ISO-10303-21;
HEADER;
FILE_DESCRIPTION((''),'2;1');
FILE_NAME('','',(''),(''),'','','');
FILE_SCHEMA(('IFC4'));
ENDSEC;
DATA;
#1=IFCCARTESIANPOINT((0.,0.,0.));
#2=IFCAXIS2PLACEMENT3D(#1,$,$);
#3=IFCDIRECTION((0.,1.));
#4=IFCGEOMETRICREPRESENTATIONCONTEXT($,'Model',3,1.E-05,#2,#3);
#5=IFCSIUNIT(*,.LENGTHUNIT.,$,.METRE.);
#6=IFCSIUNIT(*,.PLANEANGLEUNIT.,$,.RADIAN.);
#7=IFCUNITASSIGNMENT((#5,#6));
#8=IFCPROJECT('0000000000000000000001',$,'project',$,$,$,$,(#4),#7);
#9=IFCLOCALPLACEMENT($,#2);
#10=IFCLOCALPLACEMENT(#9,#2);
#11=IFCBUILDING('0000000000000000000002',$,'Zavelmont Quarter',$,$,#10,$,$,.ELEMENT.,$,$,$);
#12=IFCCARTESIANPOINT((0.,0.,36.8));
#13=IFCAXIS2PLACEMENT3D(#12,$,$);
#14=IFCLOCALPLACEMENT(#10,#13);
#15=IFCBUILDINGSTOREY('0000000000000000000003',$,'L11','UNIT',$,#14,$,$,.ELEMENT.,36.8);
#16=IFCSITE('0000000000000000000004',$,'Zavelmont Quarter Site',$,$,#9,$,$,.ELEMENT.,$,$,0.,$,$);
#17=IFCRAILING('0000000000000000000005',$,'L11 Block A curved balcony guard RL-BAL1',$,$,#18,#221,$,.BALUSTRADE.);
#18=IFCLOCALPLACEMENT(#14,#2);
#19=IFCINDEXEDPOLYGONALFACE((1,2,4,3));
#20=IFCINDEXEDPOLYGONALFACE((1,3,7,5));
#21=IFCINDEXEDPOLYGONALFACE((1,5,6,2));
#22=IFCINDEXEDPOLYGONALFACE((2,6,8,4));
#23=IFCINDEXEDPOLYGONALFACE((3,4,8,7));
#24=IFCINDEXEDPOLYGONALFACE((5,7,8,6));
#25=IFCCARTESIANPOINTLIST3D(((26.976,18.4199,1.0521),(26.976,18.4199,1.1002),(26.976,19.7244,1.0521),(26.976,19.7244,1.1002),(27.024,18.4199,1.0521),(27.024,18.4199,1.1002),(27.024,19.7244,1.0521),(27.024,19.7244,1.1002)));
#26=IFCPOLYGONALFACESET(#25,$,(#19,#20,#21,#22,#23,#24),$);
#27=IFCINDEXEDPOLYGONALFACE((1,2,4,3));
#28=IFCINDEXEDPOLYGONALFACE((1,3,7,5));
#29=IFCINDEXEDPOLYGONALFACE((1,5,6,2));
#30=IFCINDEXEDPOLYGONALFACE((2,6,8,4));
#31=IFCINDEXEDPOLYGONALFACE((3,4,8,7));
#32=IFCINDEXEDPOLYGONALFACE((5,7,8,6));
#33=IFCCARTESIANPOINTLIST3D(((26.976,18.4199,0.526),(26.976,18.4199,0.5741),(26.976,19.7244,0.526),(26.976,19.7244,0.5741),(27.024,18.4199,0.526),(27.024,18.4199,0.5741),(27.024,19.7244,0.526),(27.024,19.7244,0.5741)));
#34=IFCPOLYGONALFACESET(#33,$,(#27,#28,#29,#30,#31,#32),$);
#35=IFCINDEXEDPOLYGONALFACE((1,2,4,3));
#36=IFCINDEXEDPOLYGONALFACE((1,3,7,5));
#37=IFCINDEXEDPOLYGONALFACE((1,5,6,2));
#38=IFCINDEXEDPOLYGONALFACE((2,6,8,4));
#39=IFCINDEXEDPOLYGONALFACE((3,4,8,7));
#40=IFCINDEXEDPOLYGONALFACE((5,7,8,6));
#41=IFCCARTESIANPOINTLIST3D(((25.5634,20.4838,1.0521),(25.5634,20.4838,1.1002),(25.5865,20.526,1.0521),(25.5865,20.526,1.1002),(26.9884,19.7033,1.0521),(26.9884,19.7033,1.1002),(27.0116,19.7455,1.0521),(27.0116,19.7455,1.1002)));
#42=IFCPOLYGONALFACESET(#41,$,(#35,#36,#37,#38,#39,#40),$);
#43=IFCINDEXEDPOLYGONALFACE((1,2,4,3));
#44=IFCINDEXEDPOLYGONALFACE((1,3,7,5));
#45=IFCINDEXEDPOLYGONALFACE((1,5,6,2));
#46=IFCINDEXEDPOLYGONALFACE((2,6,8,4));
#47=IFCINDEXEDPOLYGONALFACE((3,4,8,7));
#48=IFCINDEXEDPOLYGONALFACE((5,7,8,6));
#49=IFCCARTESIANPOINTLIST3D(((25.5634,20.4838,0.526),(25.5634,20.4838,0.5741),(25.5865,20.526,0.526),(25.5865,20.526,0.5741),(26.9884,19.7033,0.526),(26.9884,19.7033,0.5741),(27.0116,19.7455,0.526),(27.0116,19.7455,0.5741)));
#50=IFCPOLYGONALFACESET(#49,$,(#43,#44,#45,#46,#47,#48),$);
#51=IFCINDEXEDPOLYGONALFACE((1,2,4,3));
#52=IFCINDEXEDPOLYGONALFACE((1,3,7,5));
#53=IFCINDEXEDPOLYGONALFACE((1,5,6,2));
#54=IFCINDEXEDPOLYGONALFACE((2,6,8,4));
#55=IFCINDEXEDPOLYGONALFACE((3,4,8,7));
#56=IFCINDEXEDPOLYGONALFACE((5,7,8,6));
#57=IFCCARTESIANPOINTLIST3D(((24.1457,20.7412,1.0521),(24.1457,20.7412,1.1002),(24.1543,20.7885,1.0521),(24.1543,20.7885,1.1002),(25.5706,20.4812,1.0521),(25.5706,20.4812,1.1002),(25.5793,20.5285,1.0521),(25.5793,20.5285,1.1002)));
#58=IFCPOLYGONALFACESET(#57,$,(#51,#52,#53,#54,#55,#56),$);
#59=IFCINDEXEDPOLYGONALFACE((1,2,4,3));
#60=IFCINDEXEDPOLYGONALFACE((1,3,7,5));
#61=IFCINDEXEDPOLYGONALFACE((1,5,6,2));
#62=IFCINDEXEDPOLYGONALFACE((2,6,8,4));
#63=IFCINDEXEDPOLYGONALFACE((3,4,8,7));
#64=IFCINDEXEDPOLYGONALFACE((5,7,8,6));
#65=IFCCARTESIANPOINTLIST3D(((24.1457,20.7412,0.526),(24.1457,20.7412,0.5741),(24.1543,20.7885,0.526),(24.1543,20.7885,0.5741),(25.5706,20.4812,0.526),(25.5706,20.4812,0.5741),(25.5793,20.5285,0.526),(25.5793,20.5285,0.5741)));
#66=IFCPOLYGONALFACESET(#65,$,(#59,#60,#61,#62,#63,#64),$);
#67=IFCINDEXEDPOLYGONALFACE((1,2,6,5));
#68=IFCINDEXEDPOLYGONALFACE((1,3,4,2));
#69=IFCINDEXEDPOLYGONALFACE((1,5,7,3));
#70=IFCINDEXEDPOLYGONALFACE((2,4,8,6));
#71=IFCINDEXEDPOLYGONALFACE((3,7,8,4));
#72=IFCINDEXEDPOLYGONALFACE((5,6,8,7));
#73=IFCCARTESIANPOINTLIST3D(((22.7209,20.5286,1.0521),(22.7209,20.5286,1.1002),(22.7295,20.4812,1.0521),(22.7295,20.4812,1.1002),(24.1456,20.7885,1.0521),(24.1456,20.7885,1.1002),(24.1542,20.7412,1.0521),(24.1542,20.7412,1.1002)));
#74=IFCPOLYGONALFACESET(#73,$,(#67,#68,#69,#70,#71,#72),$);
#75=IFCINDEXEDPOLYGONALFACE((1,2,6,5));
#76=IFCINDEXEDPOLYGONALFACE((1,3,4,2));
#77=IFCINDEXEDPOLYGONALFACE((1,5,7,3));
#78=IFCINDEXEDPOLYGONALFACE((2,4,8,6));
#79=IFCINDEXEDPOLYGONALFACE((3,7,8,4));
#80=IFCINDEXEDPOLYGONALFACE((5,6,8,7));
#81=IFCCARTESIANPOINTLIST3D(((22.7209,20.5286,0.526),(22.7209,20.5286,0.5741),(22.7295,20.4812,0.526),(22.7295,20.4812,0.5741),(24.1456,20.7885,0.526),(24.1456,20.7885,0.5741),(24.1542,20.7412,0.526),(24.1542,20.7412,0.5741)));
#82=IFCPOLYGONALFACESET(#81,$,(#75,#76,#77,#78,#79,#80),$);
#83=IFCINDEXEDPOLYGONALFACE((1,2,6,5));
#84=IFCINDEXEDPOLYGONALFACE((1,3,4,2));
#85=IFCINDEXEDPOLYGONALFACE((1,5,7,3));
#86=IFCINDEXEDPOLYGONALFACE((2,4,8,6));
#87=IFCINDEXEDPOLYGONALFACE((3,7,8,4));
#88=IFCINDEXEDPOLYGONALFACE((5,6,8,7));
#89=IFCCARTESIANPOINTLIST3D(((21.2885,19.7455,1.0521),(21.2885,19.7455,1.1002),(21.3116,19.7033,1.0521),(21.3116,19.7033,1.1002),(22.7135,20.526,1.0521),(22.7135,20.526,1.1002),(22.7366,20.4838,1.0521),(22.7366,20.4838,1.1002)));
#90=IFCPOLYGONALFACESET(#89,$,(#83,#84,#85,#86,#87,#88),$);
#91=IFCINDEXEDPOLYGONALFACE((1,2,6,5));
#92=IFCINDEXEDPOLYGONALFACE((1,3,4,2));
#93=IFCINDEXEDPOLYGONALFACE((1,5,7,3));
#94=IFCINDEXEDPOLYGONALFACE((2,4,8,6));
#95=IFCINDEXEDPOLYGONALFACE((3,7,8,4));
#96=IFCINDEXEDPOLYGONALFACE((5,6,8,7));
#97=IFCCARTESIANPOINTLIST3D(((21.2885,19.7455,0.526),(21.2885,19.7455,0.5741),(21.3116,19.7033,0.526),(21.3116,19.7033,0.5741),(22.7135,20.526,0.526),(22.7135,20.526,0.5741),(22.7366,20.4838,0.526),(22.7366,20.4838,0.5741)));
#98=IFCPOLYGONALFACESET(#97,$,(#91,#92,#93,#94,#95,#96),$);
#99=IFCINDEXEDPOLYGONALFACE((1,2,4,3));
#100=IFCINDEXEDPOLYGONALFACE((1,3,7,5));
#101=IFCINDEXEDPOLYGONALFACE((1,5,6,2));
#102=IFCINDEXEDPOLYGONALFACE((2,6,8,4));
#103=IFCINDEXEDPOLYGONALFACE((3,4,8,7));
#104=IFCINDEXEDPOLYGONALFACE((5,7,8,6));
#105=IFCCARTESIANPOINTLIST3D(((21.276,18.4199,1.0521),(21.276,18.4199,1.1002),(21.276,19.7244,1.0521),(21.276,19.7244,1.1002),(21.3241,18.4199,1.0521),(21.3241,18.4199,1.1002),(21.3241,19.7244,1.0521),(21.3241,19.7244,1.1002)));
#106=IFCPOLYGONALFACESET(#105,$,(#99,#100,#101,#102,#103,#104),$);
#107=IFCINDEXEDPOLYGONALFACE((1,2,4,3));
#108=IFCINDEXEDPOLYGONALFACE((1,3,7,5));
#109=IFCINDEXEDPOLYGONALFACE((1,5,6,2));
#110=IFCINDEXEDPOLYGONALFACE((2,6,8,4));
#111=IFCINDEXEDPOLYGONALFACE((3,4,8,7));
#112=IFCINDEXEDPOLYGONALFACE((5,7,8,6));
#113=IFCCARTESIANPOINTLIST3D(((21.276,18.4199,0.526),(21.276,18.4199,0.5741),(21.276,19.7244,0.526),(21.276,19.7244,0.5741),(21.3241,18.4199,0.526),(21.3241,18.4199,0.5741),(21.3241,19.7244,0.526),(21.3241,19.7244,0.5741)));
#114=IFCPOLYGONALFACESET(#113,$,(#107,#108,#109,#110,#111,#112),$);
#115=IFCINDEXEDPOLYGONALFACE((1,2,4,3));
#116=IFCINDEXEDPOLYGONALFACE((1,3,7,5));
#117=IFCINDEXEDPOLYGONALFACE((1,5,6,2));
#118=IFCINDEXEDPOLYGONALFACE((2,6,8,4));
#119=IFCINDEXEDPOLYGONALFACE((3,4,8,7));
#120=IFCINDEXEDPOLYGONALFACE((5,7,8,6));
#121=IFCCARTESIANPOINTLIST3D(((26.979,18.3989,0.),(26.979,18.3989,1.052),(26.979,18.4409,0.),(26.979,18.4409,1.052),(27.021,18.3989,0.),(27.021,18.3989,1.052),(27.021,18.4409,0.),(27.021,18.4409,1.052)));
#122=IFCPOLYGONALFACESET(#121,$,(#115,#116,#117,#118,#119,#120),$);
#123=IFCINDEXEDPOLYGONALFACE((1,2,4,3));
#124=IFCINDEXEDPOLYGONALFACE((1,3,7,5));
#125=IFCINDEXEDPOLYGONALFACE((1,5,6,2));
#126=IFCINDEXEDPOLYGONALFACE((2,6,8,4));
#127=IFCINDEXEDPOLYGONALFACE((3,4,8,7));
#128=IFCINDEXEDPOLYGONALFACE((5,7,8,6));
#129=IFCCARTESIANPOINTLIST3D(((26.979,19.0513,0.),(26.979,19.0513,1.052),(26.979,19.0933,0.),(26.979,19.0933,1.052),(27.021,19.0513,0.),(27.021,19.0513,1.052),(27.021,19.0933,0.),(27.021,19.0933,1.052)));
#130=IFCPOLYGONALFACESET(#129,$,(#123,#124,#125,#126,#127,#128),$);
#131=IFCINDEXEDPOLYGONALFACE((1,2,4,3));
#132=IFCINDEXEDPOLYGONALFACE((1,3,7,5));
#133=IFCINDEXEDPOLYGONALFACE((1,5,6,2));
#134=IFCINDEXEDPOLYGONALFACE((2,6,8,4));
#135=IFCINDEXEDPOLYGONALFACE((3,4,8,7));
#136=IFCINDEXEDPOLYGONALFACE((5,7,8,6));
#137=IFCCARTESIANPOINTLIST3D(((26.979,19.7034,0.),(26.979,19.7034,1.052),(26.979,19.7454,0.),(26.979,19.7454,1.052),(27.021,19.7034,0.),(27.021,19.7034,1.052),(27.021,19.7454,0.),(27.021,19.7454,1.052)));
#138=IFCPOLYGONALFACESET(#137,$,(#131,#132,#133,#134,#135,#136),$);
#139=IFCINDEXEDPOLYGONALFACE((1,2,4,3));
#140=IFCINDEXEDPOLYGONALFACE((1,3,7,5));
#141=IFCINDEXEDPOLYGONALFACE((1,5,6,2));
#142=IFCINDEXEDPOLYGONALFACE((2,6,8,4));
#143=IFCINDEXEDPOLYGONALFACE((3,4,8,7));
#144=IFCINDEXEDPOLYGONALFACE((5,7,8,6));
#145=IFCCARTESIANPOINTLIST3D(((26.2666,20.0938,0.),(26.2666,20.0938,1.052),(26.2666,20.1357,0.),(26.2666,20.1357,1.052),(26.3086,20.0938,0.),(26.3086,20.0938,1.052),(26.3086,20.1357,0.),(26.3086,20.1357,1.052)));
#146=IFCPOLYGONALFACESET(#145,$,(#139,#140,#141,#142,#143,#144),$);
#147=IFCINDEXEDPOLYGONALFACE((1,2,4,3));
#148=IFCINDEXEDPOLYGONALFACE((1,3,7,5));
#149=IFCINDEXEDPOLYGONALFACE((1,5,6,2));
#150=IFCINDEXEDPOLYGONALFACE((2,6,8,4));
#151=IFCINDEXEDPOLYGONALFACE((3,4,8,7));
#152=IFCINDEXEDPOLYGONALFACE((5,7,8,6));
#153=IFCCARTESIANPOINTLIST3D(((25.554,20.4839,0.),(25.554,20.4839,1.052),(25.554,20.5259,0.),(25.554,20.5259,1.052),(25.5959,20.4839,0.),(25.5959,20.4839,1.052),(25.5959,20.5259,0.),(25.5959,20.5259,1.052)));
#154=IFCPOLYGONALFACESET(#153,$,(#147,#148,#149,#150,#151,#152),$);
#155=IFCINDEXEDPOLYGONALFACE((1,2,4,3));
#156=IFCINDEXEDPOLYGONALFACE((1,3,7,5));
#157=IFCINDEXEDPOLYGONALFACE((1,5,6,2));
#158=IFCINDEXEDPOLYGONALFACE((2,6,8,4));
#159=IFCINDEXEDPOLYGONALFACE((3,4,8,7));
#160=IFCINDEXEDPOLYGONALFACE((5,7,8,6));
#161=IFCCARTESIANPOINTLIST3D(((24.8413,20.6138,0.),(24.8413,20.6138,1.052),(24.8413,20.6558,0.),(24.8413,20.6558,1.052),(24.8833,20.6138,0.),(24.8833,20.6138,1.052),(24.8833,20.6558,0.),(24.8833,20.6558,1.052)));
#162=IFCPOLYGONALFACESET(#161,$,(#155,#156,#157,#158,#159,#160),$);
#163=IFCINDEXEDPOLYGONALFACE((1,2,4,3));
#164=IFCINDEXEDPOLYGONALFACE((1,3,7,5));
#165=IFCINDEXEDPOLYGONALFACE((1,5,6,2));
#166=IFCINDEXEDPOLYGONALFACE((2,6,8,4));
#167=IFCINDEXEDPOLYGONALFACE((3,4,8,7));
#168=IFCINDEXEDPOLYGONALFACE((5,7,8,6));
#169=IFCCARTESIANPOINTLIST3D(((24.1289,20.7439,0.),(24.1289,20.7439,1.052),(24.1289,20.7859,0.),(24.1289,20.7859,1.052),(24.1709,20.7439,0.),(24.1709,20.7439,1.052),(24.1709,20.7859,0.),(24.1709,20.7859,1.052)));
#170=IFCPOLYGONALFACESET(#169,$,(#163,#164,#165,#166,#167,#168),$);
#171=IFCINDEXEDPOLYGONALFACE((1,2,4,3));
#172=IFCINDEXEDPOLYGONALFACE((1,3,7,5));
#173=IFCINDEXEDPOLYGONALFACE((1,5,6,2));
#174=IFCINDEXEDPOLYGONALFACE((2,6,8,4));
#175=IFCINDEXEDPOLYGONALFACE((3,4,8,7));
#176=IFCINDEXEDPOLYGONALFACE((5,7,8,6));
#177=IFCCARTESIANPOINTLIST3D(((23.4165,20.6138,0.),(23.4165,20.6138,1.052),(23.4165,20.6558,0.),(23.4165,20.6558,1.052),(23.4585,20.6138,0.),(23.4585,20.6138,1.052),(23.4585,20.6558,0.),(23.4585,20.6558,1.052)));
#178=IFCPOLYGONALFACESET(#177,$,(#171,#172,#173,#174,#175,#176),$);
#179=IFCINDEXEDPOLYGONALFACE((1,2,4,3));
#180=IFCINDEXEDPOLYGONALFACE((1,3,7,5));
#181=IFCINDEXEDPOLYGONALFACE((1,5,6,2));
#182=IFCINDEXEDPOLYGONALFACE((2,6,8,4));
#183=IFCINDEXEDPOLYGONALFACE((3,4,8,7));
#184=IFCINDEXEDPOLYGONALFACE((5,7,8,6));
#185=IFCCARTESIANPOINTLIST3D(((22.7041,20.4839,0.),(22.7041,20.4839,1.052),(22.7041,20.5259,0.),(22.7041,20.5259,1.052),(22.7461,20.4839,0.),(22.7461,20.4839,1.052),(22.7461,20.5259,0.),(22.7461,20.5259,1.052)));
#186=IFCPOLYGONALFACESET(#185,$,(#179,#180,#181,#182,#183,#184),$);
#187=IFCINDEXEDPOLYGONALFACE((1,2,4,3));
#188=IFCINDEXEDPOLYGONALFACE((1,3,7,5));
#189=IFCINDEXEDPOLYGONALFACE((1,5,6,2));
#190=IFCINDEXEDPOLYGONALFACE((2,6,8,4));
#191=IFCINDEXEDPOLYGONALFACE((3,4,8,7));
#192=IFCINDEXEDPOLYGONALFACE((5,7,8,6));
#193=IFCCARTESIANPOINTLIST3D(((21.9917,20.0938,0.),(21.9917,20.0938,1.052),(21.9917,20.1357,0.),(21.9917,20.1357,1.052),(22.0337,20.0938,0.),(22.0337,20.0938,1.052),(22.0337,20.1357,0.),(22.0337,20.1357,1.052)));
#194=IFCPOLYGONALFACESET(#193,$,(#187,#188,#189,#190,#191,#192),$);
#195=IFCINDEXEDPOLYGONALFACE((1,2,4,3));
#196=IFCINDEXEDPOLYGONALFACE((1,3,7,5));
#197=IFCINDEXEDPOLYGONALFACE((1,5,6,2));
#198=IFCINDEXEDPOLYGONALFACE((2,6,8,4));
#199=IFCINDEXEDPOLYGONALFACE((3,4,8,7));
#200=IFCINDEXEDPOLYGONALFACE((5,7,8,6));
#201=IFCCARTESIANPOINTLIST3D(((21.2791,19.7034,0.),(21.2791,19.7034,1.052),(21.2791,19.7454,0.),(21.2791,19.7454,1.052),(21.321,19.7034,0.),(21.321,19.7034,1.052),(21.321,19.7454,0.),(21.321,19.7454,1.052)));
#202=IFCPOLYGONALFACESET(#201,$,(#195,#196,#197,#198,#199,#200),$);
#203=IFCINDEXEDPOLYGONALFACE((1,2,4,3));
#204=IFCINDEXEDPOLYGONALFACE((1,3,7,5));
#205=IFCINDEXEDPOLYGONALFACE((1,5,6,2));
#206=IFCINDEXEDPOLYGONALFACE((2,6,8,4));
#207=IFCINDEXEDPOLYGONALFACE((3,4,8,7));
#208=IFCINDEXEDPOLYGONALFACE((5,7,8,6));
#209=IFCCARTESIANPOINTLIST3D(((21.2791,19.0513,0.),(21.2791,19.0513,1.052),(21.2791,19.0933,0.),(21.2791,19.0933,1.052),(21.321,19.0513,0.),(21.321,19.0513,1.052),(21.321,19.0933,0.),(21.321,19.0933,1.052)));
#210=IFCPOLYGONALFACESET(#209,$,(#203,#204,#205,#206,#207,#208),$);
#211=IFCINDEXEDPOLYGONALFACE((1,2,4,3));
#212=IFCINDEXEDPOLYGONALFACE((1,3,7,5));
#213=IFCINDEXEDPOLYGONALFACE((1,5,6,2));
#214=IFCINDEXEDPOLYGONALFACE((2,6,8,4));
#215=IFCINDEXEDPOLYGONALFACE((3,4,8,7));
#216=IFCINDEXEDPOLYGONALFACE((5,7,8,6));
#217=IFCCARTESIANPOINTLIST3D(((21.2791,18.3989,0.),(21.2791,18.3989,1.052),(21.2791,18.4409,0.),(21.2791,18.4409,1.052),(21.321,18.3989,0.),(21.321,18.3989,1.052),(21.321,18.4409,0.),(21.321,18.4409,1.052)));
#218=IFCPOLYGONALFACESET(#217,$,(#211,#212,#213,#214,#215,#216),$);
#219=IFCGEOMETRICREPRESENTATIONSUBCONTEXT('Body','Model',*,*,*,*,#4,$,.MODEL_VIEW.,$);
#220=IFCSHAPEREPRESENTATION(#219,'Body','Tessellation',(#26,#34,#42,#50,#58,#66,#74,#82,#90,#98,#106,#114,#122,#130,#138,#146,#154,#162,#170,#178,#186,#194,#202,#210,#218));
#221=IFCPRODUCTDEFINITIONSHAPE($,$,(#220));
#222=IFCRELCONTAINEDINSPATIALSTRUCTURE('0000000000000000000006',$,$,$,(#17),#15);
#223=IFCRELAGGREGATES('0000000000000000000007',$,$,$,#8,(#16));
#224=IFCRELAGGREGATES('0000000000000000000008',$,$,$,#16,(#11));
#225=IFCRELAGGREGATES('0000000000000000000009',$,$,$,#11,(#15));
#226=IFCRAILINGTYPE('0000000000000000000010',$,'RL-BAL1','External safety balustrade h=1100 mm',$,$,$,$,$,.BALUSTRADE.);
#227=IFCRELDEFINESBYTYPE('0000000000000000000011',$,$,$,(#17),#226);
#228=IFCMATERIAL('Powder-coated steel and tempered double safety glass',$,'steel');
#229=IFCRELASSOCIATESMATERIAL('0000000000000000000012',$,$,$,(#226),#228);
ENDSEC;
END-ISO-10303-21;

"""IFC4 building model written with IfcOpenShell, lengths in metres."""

from ifc_helpers import new_model, si_unit, direction, frame, origin, origin_2d, place, context, subcontext, project, spatial, rectangle, extrude, material, type_object, element, save


model = new_model("IFC4")

# Units and contexts
model_context = context("Model", 3, precision=1e-05, world=origin(), true_north=direction((0.0, 1.0)))
body_context = subcontext(model_context, "Body", "Model", "MODEL_VIEW")
ifc_project = project(units=[si_unit("LENGTHUNIT", "METRE"), si_unit("PLANEANGLEUNIT", "RADIAN")], contexts=[model_context])

# Site, building, storey
site_placement = place(None, origin())
site = spatial("IfcSite", under=ifc_project, at=site_placement, Name="Zavelmont Quarter Site", CompositionType="ELEMENT", RefElevation=0.0)
building_placement = place(site_placement, origin())
building = spatial("IfcBuilding", under=site, at=building_placement, Name="Zavelmont Quarter", CompositionType="ELEMENT")
storey_placement = place(building_placement, frame((0.0, 0.0, 36.8)))
storey = spatial("IfcBuildingStorey", under=building, at=storey_placement, Name="L11", Description="UNIT", CompositionType="ELEMENT", Elevation=36.8)

# Railing
ifc_material_1 = material(Name="Powder-coated steel and tempered double safety glass", Category="steel")
railing_type_1 = type_object("IfcRailingType", Name="RL-BAL1", Description="External safety balustrade h=1100 mm", PredefinedType="BALUSTRADE", material=ifc_material_1)
railing_1_placement = place(storey_placement, frame((27.0, 18.4199, 0.0)))
element("IfcRailing", 1, at=railing_1_placement, inside=storey, type_object=railing_type_1, Name="L11 Block A curved balcony guard RL-BAL1", PredefinedType="BALUSTRADE", context=body_context, shape_type="SweptSolid", body=[
    extrude(rectangle(XDim=0.0481, YDim=0.0481, at=origin_2d()), frame((0.0, 0.0, 1.0762), z_axis=(0.0, 1.0, 0.0), x_axis=(-1.0, 0.0, 0.0)), (0.0, 0.0, 1.0), 1.3044),
    extrude(rectangle(XDim=0.0481, YDim=0.0481, at=origin_2d()), frame((0.0, 0.0, 0.55), z_axis=(0.0, 1.0, 0.0), x_axis=(-1.0, 0.0, 0.0)), (0.0, 0.0, 1.0), 1.3044),
    extrude(rectangle(XDim=0.0481, YDim=0.0481, at=origin_2d()), frame((0.0, 1.3044, 1.0762), z_axis=(-0.877062, 0.480378, 0.0), x_axis=(-0.480378, -0.877062, 0.0)), (0.0, 0.0, 1.0), 1.6248),
    extrude(rectangle(XDim=0.0481, YDim=0.0481, at=origin_2d()), frame((0.0, 1.3044, 0.55), z_axis=(-0.877062, 0.480378, 0.0), x_axis=(-0.480378, -0.877062, 0.0)), (0.0, 0.0, 1.0), 1.6248),
    extrude(rectangle(XDim=0.0481, YDim=0.0481, at=origin_2d()), frame((-1.425, 2.085, 1.0762), z_axis=(-0.983759, 0.179493, 0.0), x_axis=(-0.179493, -0.983759, 0.0)), (0.0, 0.0, 1.0), 1.4485),
    extrude(rectangle(XDim=0.0481, YDim=0.0481, at=origin_2d()), frame((-1.425, 2.085, 0.55), z_axis=(-0.983759, 0.179493, 0.0), x_axis=(-0.179493, -0.983759, 0.0)), (0.0, 0.0, 1.0), 1.4485),
    extrude(rectangle(XDim=0.0481, YDim=0.0481, at=origin_2d()), frame((-2.8501, 2.345, 1.0762), z_axis=(-0.983754, -0.179523, 0.0), x_axis=(0.179523, -0.983754, 0.0)), (0.0, 0.0, 1.0), 1.4482),
    extrude(rectangle(XDim=0.0481, YDim=0.0481, at=origin_2d()), frame((-2.8501, 2.345, 0.55), z_axis=(-0.983754, -0.179523, 0.0), x_axis=(0.179523, -0.983754, 0.0)), (0.0, 0.0, 1.0), 1.4482),
    extrude(rectangle(XDim=0.0481, YDim=0.0481, at=origin_2d()), frame((-4.2749, 2.085, 1.0762), z_axis=(-0.877062, -0.480378, 0.0), x_axis=(0.480378, -0.877062, 0.0)), (0.0, 0.0, 1.0), 1.6248),
    extrude(rectangle(XDim=0.0481, YDim=0.0481, at=origin_2d()), frame((-4.2749, 2.085, 0.55), z_axis=(-0.877062, -0.480378, 0.0), x_axis=(0.480378, -0.877062, 0.0)), (0.0, 0.0, 1.0), 1.6248),
    extrude(rectangle(XDim=0.0481, YDim=0.0481, at=origin_2d()), frame((-5.7, 1.3044, 1.0762), z_axis=(0.0, -1.0, 0.0), x_axis=(1.0, 0.0, 0.0)), (0.0, 0.0, 1.0), 1.3044),
    extrude(rectangle(XDim=0.0481, YDim=0.0481, at=origin_2d()), frame((-5.7, 1.3044, 0.55), z_axis=(0.0, -1.0, 0.0), x_axis=(1.0, 0.0, 0.0)), (0.0, 0.0, 1.0), 1.3044),
    extrude(rectangle(XDim=0.042, YDim=0.042, at=origin_2d()), origin(), (0.0, 0.0, 1.0), 1.052),
    extrude(rectangle(XDim=0.042, YDim=0.042, at=origin_2d()), frame((0.0, 0.6523, 0.0)), (0.0, 0.0, 1.0), 1.052),
    extrude(rectangle(XDim=0.042, YDim=0.042, at=origin_2d()), frame((0.0, 1.3044, 0.0)), (0.0, 0.0, 1.0), 1.052),
    extrude(rectangle(XDim=0.042, YDim=0.042, at=origin_2d()), frame((-0.7124, 1.6948, 0.0)), (0.0, 0.0, 1.0), 1.052),
    extrude(rectangle(XDim=0.042, YDim=0.042, at=origin_2d()), frame((-1.425, 2.085, 0.0)), (0.0, 0.0, 1.0), 1.052),
    extrude(rectangle(XDim=0.042, YDim=0.042, at=origin_2d()), frame((-2.1377, 2.2148, 0.0)), (0.0, 0.0, 1.0), 1.052),
    extrude(rectangle(XDim=0.042, YDim=0.042, at=origin_2d()), frame((-2.8501, 2.345, 0.0)), (0.0, 0.0, 1.0), 1.052),
    extrude(rectangle(XDim=0.042, YDim=0.042, at=origin_2d()), frame((-3.5625, 2.2148, 0.0)), (0.0, 0.0, 1.0), 1.052),
    extrude(rectangle(XDim=0.042, YDim=0.042, at=origin_2d()), frame((-4.2749, 2.085, 0.0)), (0.0, 0.0, 1.0), 1.052),
    extrude(rectangle(XDim=0.042, YDim=0.042, at=origin_2d()), frame((-4.9873, 1.6948, 0.0)), (0.0, 0.0, 1.0), 1.052),
    extrude(rectangle(XDim=0.042, YDim=0.042, at=origin_2d()), frame((-5.7, 1.3044, 0.0)), (0.0, 0.0, 1.0), 1.052),
    extrude(rectangle(XDim=0.042, YDim=0.042, at=origin_2d()), frame((-5.7, 0.6523, 0.0)), (0.0, 0.0, 1.0), 1.052),
    extrude(rectangle(XDim=0.042, YDim=0.042, at=origin_2d()), frame((-5.7, 0.0, 0.0)), (0.0, 0.0, 1.0), 1.052),
])

save(model, "model.ifc")
